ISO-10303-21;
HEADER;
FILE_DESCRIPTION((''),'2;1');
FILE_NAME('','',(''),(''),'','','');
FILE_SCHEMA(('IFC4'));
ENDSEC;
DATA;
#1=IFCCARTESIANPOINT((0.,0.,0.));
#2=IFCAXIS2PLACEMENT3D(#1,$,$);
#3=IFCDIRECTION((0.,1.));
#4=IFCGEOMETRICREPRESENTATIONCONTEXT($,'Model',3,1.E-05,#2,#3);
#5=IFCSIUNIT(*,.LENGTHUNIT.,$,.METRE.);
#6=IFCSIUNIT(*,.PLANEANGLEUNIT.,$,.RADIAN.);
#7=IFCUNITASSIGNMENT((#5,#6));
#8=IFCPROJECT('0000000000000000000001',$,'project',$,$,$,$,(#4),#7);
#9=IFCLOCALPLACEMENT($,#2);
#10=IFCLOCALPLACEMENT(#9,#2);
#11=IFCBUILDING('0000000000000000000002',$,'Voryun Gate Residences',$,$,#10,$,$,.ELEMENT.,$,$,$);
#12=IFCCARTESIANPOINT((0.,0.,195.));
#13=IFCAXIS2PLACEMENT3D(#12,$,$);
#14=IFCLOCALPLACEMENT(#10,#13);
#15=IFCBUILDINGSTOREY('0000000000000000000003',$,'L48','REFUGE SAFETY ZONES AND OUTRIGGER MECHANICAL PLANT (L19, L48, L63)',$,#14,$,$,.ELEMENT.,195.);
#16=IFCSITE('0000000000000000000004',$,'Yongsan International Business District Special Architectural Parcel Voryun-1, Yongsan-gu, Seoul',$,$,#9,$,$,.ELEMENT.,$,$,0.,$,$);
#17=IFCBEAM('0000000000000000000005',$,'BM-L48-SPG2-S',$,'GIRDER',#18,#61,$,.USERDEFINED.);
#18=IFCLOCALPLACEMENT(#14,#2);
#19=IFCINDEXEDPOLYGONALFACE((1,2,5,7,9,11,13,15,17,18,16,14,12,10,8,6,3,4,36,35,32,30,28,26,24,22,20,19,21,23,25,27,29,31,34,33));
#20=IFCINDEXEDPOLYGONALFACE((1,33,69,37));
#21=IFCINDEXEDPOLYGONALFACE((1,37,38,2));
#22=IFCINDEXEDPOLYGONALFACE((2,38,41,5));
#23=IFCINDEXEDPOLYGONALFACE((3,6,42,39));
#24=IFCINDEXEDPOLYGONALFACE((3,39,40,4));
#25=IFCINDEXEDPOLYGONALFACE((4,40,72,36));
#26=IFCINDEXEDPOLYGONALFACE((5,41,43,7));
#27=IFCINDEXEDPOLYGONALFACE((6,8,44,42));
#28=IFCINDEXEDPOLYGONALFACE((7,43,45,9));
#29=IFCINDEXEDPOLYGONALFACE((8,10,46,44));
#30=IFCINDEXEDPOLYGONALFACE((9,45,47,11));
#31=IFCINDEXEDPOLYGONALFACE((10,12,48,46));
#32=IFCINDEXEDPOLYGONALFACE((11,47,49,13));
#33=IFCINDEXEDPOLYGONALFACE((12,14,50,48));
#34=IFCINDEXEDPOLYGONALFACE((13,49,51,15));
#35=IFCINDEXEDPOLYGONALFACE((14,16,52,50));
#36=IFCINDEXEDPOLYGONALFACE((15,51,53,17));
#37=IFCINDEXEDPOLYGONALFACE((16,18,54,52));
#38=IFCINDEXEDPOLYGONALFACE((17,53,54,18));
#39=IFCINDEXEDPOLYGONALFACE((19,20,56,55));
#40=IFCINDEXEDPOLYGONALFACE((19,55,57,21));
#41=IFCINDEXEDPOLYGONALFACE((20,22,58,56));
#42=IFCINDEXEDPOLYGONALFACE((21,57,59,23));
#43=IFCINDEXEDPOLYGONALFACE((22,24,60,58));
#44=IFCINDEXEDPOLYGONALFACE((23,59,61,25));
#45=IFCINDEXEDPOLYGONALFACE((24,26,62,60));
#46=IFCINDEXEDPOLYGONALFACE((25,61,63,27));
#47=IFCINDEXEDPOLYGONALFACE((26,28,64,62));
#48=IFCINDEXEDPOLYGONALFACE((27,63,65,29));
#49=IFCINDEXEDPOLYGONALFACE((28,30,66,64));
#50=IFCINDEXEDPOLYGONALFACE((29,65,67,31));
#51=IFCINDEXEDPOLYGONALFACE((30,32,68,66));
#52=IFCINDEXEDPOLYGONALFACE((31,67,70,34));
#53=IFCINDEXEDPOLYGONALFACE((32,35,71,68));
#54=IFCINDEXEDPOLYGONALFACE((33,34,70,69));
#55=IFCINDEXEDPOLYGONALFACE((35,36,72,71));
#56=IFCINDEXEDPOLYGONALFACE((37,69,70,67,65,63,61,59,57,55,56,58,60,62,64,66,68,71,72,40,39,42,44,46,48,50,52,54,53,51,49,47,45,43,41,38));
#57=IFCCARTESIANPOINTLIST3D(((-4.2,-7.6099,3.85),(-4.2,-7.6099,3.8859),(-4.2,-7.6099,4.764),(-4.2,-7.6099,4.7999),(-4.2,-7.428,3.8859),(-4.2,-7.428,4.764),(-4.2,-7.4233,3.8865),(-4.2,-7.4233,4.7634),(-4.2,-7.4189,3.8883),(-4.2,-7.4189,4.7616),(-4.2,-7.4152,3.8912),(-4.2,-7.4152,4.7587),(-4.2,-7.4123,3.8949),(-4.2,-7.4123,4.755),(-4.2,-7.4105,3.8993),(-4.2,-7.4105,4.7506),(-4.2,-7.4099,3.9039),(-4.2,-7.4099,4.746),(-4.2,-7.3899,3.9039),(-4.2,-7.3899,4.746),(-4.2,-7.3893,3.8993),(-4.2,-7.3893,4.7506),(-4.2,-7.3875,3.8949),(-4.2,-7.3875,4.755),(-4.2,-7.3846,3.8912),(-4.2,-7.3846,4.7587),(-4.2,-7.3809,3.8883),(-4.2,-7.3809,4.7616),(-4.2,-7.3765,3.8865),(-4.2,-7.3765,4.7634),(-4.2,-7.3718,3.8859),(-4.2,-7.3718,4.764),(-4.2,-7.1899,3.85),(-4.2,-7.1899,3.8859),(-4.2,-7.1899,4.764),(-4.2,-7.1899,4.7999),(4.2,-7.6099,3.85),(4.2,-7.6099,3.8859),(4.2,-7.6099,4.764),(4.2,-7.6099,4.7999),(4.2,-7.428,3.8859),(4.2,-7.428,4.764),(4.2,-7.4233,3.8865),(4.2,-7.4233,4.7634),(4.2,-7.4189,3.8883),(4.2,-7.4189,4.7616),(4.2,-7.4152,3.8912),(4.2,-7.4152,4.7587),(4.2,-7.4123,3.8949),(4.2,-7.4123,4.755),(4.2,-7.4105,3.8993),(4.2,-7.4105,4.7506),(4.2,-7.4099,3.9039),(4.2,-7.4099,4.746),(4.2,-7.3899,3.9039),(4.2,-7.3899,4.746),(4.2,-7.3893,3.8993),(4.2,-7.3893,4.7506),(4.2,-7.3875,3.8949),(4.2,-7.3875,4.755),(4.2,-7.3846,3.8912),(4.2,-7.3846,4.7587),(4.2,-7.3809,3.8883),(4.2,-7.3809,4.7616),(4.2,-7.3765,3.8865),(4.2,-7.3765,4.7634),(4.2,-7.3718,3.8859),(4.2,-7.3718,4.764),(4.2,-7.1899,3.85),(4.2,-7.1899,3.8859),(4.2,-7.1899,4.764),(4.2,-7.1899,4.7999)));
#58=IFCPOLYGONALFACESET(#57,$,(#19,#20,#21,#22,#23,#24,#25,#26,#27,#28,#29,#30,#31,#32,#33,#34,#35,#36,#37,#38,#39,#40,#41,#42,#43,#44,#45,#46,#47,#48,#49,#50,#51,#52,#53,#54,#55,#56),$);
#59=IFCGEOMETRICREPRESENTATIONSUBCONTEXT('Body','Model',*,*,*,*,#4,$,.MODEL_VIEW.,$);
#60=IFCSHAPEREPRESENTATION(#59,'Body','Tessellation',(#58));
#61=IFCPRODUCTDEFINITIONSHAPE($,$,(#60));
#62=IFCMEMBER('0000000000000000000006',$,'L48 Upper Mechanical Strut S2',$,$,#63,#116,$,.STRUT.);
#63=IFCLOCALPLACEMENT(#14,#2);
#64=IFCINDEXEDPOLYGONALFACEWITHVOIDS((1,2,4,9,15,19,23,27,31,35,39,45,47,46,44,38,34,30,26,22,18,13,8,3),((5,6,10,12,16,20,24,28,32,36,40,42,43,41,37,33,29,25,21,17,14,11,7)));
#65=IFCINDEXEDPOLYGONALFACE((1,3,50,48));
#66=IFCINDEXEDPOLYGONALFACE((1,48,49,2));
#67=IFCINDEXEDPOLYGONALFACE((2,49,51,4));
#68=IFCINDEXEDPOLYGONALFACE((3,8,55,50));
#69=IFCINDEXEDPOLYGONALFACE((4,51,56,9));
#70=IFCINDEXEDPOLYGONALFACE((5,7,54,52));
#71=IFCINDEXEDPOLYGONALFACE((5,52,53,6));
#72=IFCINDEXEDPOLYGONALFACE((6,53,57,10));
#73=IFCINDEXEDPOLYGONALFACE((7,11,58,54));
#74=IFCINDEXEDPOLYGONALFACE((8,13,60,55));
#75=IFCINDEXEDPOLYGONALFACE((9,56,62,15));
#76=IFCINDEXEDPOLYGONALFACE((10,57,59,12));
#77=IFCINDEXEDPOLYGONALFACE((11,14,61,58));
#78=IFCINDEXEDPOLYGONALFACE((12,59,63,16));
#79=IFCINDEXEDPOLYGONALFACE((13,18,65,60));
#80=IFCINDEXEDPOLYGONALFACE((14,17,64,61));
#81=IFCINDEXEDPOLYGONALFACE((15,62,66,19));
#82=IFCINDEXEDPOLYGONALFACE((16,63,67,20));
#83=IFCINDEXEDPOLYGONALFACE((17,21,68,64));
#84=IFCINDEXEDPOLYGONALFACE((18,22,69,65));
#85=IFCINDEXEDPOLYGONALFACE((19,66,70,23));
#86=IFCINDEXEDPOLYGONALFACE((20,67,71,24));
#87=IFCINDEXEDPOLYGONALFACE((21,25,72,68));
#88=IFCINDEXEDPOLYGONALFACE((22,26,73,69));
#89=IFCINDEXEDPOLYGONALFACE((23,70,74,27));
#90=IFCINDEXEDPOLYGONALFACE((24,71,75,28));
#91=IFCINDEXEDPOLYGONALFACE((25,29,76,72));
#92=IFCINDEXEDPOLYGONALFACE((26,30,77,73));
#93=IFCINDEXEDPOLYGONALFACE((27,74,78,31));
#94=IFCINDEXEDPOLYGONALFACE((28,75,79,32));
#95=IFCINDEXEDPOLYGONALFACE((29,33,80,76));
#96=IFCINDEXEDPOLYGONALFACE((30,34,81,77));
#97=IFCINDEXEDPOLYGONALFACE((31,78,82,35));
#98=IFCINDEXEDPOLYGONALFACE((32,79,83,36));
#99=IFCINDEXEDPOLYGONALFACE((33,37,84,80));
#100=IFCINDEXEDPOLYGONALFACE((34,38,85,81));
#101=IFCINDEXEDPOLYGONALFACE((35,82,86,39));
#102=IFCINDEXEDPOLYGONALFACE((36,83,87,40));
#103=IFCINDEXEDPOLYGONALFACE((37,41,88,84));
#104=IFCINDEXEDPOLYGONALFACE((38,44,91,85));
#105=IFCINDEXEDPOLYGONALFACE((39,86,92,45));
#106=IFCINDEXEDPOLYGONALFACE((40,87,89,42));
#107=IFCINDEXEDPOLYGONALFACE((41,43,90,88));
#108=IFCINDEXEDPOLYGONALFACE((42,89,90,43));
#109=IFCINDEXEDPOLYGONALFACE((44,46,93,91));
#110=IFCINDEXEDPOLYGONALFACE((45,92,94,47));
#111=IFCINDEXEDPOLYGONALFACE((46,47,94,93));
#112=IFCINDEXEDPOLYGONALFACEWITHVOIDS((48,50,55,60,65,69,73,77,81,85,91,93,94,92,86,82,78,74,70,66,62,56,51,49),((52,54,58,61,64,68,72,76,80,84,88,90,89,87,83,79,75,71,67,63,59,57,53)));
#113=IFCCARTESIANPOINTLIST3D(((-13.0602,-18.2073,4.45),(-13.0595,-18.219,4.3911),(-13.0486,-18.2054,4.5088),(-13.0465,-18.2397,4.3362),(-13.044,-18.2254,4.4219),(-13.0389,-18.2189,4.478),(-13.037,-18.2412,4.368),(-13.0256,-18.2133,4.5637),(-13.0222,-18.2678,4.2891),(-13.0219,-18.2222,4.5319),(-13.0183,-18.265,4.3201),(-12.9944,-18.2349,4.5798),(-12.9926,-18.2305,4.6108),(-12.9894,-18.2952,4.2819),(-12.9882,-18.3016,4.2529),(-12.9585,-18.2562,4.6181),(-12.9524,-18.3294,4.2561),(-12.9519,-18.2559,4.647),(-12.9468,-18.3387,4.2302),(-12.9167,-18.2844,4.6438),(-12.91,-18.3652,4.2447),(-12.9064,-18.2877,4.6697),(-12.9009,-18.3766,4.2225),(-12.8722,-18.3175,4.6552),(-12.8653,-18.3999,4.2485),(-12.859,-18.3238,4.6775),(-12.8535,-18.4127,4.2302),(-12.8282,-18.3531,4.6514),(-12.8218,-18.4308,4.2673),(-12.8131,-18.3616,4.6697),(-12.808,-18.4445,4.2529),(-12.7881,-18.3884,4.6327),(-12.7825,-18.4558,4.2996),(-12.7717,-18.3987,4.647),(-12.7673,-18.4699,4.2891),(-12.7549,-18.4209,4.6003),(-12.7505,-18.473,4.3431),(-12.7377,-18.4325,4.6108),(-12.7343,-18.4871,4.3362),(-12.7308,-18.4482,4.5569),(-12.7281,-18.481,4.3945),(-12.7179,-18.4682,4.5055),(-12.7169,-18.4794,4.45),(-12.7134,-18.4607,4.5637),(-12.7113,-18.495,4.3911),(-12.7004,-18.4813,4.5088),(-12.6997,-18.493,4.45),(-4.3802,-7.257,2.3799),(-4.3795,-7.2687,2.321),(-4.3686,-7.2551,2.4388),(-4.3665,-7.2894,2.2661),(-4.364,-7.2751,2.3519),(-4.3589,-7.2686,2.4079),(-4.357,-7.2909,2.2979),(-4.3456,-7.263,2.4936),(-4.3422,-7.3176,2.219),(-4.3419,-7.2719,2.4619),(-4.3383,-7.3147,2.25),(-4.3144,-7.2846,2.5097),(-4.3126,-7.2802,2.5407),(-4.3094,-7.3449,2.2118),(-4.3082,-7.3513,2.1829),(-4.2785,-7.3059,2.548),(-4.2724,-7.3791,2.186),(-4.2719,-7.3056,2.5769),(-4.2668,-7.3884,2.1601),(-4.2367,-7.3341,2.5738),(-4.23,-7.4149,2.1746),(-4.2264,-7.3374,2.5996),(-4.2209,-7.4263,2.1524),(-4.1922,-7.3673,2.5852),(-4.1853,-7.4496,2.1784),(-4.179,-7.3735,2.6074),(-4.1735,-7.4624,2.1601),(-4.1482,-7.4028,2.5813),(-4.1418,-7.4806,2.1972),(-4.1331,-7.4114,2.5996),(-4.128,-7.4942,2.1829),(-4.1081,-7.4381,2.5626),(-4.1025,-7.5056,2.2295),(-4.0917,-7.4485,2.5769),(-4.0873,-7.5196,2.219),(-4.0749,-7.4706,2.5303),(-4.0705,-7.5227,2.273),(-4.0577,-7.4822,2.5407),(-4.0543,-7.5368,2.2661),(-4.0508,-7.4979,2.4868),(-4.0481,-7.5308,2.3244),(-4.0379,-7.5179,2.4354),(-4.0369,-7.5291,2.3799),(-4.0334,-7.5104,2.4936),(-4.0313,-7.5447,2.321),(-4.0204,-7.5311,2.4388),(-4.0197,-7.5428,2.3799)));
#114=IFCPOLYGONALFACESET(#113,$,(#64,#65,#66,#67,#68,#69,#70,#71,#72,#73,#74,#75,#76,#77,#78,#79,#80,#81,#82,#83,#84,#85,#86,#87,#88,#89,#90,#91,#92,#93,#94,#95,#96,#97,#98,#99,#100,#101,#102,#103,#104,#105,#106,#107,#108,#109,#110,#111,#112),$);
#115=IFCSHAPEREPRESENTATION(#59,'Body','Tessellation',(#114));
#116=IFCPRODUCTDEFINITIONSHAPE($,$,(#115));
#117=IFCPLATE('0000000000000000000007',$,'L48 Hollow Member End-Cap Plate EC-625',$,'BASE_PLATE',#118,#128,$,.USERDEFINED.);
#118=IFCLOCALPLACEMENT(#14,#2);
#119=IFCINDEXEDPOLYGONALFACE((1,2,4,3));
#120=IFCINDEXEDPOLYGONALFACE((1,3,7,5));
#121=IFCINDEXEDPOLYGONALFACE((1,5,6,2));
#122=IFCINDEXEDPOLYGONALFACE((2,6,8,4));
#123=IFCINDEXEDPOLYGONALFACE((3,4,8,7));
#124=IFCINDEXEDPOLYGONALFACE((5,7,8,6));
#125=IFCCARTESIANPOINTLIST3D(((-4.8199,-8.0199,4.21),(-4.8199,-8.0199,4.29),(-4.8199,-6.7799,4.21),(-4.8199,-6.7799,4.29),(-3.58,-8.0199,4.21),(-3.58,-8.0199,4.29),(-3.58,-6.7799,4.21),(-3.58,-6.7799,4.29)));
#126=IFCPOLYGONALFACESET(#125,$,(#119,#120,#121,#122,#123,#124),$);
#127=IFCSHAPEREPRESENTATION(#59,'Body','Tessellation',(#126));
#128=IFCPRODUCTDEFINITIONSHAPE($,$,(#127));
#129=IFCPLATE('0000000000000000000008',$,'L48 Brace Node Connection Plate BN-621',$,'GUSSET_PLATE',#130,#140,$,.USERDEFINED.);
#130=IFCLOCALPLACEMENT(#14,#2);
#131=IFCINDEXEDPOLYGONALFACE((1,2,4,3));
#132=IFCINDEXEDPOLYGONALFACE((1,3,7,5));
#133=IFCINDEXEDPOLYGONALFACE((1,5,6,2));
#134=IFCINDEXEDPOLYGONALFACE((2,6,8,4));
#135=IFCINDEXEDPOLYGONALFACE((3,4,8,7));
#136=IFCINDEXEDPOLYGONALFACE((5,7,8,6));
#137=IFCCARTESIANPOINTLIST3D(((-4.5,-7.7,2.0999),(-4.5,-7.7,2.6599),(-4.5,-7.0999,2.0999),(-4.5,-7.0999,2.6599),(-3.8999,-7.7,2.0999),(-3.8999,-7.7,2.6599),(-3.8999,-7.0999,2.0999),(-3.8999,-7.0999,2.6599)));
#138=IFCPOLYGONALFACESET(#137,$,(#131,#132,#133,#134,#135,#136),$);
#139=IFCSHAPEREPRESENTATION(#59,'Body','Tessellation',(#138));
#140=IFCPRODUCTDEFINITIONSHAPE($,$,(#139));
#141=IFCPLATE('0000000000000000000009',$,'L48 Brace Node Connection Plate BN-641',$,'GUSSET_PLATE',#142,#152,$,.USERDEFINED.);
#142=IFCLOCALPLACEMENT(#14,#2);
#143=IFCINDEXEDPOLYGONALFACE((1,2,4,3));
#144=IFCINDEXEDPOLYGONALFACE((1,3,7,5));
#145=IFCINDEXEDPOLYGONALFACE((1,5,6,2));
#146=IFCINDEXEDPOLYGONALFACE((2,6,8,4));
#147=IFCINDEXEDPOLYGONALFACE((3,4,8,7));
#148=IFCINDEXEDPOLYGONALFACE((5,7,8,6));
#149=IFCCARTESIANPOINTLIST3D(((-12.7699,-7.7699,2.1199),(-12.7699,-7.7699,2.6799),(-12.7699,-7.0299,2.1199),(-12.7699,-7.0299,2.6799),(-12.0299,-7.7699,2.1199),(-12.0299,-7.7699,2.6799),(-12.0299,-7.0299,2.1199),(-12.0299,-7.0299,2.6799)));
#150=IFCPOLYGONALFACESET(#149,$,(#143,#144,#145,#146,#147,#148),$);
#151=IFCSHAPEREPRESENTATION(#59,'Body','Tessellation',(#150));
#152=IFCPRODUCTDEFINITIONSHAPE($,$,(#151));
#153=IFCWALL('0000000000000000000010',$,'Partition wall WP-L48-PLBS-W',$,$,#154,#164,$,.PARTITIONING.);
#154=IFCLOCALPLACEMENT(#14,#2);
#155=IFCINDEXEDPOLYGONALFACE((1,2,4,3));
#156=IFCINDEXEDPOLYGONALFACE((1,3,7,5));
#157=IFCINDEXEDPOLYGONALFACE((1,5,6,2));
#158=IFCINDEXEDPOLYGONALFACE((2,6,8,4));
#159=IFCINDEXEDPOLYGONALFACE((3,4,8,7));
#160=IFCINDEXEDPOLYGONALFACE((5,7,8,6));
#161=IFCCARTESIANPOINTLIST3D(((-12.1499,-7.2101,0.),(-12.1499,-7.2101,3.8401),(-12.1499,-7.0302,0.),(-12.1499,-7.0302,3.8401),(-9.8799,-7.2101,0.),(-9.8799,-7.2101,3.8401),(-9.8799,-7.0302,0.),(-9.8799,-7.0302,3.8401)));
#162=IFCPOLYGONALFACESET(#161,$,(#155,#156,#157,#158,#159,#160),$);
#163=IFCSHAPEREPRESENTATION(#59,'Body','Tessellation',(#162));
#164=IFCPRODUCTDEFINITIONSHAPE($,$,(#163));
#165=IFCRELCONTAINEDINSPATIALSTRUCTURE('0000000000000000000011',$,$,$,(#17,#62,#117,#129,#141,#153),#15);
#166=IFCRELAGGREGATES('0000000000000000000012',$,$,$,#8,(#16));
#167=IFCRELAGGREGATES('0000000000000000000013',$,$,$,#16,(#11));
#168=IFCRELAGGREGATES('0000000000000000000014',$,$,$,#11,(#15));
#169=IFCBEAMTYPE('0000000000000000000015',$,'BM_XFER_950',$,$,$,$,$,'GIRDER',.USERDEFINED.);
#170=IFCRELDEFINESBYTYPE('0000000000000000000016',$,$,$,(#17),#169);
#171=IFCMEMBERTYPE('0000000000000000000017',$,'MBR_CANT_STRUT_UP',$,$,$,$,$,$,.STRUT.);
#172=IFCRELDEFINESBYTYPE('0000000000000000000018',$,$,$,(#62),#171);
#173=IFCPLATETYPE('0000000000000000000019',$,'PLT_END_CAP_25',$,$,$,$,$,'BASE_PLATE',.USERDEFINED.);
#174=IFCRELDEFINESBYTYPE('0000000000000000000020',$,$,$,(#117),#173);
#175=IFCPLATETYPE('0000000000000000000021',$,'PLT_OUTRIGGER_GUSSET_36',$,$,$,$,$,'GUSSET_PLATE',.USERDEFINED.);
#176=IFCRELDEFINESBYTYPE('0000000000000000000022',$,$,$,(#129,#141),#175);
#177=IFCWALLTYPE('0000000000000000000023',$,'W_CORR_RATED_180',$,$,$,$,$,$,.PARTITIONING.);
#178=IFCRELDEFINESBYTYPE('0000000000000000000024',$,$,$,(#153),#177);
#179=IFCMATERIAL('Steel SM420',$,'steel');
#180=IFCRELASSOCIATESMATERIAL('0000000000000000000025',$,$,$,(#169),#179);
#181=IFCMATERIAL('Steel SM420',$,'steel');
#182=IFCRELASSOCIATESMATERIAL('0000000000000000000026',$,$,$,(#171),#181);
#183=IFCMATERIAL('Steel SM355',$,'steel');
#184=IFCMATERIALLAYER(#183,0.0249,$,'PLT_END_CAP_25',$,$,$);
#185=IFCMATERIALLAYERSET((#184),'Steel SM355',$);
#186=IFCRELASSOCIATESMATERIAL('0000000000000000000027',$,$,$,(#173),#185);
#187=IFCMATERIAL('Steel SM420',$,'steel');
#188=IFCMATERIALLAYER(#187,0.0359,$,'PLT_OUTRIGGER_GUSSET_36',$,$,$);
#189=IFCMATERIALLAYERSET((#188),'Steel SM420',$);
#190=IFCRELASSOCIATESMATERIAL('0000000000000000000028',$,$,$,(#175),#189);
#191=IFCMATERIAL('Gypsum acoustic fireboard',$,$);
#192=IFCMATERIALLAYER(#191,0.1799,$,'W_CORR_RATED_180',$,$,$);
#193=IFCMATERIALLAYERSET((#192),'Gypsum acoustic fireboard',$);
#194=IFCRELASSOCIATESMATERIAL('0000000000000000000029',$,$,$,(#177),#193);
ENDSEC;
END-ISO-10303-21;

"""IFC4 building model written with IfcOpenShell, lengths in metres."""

from ifc_helpers import new_model, si_unit, direction, frame, frame_2d, origin, origin_2d, place, context, subcontext, project, spatial, rectangle, hollow_circle, i_section, extrude, material, layer, layer_set, material_profile, profile_set, type_object, element, save


model = new_model("IFC4")

# Units and contexts
model_context = context("Model", 3, precision=1e-05, world=origin(), true_north=direction((0.0, 1.0)))
body_context = subcontext(model_context, "Body", "Model", "MODEL_VIEW")
ifc_project = project(units=[si_unit("LENGTHUNIT", "METRE"), si_unit("PLANEANGLEUNIT", "RADIAN")], contexts=[model_context])

# Site, building, storey
site_placement = place(None, origin())
site = spatial("IfcSite", under=ifc_project, at=site_placement, Name="Yongsan International Business District Special Architectural Parcel Voryun-1, Yongsan-gu, Seoul", CompositionType="ELEMENT", RefElevation=0.0)
building_placement = place(site_placement, origin())
building = spatial("IfcBuilding", under=site, at=building_placement, Name="Voryun Gate Residences", CompositionType="ELEMENT")
storey_placement = place(building_placement, frame((0.0, 0.0, 195.0)))
storey = spatial("IfcBuildingStorey", under=building, at=storey_placement, Name="L48", Description="REFUGE SAFETY ZONES AND OUTRIGGER MECHANICAL PLANT (L19, L48, L63)", CompositionType="ELEMENT", Elevation=195.0)

# Beam
ifc_material_1 = material(Name="Steel SM420", Category="steel")
ifc_material_profile_1 = material_profile(ifc_material_1, i_section(OverallWidth=0.4199, OverallDepth=0.95, WebThickness=0.02, FlangeThickness=0.0359, FilletRadius=0.0181, at=origin_2d()), Name="H-950x420x20x36")
ifc_profile_set_1 = profile_set([ifc_material_profile_1], Name="Steel SM420")
beam_type_1 = type_object("IfcBeamType", Name="BM_XFER_950", ElementType="GIRDER", PredefinedType="USERDEFINED", material=ifc_profile_set_1)
beam_1_placement = place(storey_placement, frame((-4.2, -7.3999, 4.325), z_axis=(1.0, 0.0, 0.0), x_axis=(0.0, 1.0, 0.0)))
element("IfcBeam", 1, at=beam_1_placement, inside=storey, type_object=beam_type_1, Name="BM-L48-SPG2-S", ObjectType="GIRDER", PredefinedType="USERDEFINED", context=body_context, shape_type="SweptSolid", body=[
    extrude(i_section(OverallWidth=0.4199, OverallDepth=0.95, WebThickness=0.02, FlangeThickness=0.0359, FilletRadius=0.0181, at=origin_2d()), origin(), (0.0, 0.0, 1.0), 8.3999),
])

# Member
ifc_material_2 = material(Name="Steel SM420", Category="steel")
ifc_material_profile_2 = material_profile(ifc_material_2, hollow_circle(Radius=0.23, WallThickness=0.022, at=origin_2d()), Name="CHS-460x22")
ifc_profile_set_2 = profile_set([ifc_material_profile_2], Name="Steel SM420")
member_type = type_object("IfcMemberType", Name="MBR_CANT_STRUT_UP", PredefinedType="STRUT", material=ifc_profile_set_2)
member_placement = place(storey_placement, frame((-4.2, -7.3999, 2.3799), z_axis=(-0.614481, -0.775201, 0.146547), x_axis=(0.783662, -0.621188, 0.0)))
element("IfcMember", 2, at=member_placement, inside=storey, type_object=member_type, Name="L48 Upper Mechanical Strut S2", PredefinedType="STRUT", context=body_context, shape_type="SweptSolid", body=[
    extrude(hollow_circle(Radius=0.23, WallThickness=0.022, at=origin_2d()), origin(), (0.0, 0.0, 1.0), 14.1257),
])

# Plates
ifc_material_3 = material(Name="Steel SM355", Category="steel")
ifc_layer_1 = layer(ifc_material_3, 0.0249, Name="PLT_END_CAP_25")
ifc_layer_set_1 = layer_set([ifc_layer_1], Name="Steel SM355")
plate_type_1 = type_object("IfcPlateType", Name="PLT_END_CAP_25", ElementType="BASE_PLATE", PredefinedType="USERDEFINED", material=ifc_layer_set_1)
plate_1_placement = place(storey_placement, frame((-4.2, -7.3999, 4.21), z_axis=(0.0, 0.0, 1.0), x_axis=(1.0, 0.0, 0.0)))
element("IfcPlate", 3, at=plate_1_placement, inside=storey, type_object=plate_type_1, Name="L48 Hollow Member End-Cap Plate EC-625", ObjectType="BASE_PLATE", PredefinedType="USERDEFINED", context=body_context, shape_type="SweptSolid", body=[
    extrude(rectangle(XDim=1.24, YDim=1.24, at=origin_2d()), origin(), (0.0, 0.0, 1.0), 0.0801),
])
ifc_material_4 = material(Name="Steel SM420", Category="steel")
ifc_layer_2 = layer(ifc_material_4, 0.0359, Name="PLT_OUTRIGGER_GUSSET_36")
ifc_layer_set_2 = layer_set([ifc_layer_2], Name="Steel SM420")
plate_type_2 = type_object("IfcPlateType", Name="PLT_OUTRIGGER_GUSSET_36", ElementType="GUSSET_PLATE", PredefinedType="USERDEFINED", material=ifc_layer_set_2)
plate_2_placement = place(storey_placement, frame((-4.2, -7.3999, 2.0999), z_axis=(0.0, 0.0, 1.0), x_axis=(1.0, 0.0, 0.0)))
element("IfcPlate", 4, at=plate_2_placement, inside=storey, type_object=plate_type_2, Name="L48 Brace Node Connection Plate BN-621", ObjectType="GUSSET_PLATE", PredefinedType="USERDEFINED", context=body_context, shape_type="SweptSolid", body=[
    extrude(rectangle(XDim=0.6001, YDim=0.6001, at=origin_2d()), origin(), (0.0, 0.0, 1.0), 0.5601),
])
plate_3_placement = place(storey_placement, frame((-12.3999, -7.3999, 2.1199), z_axis=(0.0, 0.0, 1.0), x_axis=(1.0, 0.0, 0.0)))
element("IfcPlate", 5, at=plate_3_placement, inside=storey, type_object=plate_type_2, Name="L48 Brace Node Connection Plate BN-641", ObjectType="GUSSET_PLATE", PredefinedType="USERDEFINED", context=body_context, shape_type="SweptSolid", body=[
    extrude(rectangle(XDim=0.74, YDim=0.74, at=origin_2d()), origin(), (0.0, 0.0, 1.0), 0.5601),
])

# Wall
ifc_material_5 = material(Name="Gypsum acoustic fireboard")
ifc_layer_3 = layer(ifc_material_5, 0.1799, Name="W_CORR_RATED_180")
ifc_layer_set_3 = layer_set([ifc_layer_3], Name="Gypsum acoustic fireboard")
wall_type_1 = type_object("IfcWallType", Name="W_CORR_RATED_180", PredefinedType="PARTITIONING", material=ifc_layer_set_3)
wall_1_placement = place(storey_placement, frame((-12.1499, -7.1201, 0.0), z_axis=(0.0, 0.0, 1.0), x_axis=(1.0, 0.0, 0.0)))
element("IfcWall", 6, at=wall_1_placement, inside=storey, type_object=wall_type_1, Name="Partition wall WP-L48-PLBS-W", PredefinedType="PARTITIONING", context=body_context, shape_type="SweptSolid", body=[
    extrude(rectangle(XDim=2.27, YDim=0.1799, at=frame_2d((1.135, 0.0))), origin(), (0.0, 0.0, 1.0), 3.8401),
])

save(model, "model.ifc")
